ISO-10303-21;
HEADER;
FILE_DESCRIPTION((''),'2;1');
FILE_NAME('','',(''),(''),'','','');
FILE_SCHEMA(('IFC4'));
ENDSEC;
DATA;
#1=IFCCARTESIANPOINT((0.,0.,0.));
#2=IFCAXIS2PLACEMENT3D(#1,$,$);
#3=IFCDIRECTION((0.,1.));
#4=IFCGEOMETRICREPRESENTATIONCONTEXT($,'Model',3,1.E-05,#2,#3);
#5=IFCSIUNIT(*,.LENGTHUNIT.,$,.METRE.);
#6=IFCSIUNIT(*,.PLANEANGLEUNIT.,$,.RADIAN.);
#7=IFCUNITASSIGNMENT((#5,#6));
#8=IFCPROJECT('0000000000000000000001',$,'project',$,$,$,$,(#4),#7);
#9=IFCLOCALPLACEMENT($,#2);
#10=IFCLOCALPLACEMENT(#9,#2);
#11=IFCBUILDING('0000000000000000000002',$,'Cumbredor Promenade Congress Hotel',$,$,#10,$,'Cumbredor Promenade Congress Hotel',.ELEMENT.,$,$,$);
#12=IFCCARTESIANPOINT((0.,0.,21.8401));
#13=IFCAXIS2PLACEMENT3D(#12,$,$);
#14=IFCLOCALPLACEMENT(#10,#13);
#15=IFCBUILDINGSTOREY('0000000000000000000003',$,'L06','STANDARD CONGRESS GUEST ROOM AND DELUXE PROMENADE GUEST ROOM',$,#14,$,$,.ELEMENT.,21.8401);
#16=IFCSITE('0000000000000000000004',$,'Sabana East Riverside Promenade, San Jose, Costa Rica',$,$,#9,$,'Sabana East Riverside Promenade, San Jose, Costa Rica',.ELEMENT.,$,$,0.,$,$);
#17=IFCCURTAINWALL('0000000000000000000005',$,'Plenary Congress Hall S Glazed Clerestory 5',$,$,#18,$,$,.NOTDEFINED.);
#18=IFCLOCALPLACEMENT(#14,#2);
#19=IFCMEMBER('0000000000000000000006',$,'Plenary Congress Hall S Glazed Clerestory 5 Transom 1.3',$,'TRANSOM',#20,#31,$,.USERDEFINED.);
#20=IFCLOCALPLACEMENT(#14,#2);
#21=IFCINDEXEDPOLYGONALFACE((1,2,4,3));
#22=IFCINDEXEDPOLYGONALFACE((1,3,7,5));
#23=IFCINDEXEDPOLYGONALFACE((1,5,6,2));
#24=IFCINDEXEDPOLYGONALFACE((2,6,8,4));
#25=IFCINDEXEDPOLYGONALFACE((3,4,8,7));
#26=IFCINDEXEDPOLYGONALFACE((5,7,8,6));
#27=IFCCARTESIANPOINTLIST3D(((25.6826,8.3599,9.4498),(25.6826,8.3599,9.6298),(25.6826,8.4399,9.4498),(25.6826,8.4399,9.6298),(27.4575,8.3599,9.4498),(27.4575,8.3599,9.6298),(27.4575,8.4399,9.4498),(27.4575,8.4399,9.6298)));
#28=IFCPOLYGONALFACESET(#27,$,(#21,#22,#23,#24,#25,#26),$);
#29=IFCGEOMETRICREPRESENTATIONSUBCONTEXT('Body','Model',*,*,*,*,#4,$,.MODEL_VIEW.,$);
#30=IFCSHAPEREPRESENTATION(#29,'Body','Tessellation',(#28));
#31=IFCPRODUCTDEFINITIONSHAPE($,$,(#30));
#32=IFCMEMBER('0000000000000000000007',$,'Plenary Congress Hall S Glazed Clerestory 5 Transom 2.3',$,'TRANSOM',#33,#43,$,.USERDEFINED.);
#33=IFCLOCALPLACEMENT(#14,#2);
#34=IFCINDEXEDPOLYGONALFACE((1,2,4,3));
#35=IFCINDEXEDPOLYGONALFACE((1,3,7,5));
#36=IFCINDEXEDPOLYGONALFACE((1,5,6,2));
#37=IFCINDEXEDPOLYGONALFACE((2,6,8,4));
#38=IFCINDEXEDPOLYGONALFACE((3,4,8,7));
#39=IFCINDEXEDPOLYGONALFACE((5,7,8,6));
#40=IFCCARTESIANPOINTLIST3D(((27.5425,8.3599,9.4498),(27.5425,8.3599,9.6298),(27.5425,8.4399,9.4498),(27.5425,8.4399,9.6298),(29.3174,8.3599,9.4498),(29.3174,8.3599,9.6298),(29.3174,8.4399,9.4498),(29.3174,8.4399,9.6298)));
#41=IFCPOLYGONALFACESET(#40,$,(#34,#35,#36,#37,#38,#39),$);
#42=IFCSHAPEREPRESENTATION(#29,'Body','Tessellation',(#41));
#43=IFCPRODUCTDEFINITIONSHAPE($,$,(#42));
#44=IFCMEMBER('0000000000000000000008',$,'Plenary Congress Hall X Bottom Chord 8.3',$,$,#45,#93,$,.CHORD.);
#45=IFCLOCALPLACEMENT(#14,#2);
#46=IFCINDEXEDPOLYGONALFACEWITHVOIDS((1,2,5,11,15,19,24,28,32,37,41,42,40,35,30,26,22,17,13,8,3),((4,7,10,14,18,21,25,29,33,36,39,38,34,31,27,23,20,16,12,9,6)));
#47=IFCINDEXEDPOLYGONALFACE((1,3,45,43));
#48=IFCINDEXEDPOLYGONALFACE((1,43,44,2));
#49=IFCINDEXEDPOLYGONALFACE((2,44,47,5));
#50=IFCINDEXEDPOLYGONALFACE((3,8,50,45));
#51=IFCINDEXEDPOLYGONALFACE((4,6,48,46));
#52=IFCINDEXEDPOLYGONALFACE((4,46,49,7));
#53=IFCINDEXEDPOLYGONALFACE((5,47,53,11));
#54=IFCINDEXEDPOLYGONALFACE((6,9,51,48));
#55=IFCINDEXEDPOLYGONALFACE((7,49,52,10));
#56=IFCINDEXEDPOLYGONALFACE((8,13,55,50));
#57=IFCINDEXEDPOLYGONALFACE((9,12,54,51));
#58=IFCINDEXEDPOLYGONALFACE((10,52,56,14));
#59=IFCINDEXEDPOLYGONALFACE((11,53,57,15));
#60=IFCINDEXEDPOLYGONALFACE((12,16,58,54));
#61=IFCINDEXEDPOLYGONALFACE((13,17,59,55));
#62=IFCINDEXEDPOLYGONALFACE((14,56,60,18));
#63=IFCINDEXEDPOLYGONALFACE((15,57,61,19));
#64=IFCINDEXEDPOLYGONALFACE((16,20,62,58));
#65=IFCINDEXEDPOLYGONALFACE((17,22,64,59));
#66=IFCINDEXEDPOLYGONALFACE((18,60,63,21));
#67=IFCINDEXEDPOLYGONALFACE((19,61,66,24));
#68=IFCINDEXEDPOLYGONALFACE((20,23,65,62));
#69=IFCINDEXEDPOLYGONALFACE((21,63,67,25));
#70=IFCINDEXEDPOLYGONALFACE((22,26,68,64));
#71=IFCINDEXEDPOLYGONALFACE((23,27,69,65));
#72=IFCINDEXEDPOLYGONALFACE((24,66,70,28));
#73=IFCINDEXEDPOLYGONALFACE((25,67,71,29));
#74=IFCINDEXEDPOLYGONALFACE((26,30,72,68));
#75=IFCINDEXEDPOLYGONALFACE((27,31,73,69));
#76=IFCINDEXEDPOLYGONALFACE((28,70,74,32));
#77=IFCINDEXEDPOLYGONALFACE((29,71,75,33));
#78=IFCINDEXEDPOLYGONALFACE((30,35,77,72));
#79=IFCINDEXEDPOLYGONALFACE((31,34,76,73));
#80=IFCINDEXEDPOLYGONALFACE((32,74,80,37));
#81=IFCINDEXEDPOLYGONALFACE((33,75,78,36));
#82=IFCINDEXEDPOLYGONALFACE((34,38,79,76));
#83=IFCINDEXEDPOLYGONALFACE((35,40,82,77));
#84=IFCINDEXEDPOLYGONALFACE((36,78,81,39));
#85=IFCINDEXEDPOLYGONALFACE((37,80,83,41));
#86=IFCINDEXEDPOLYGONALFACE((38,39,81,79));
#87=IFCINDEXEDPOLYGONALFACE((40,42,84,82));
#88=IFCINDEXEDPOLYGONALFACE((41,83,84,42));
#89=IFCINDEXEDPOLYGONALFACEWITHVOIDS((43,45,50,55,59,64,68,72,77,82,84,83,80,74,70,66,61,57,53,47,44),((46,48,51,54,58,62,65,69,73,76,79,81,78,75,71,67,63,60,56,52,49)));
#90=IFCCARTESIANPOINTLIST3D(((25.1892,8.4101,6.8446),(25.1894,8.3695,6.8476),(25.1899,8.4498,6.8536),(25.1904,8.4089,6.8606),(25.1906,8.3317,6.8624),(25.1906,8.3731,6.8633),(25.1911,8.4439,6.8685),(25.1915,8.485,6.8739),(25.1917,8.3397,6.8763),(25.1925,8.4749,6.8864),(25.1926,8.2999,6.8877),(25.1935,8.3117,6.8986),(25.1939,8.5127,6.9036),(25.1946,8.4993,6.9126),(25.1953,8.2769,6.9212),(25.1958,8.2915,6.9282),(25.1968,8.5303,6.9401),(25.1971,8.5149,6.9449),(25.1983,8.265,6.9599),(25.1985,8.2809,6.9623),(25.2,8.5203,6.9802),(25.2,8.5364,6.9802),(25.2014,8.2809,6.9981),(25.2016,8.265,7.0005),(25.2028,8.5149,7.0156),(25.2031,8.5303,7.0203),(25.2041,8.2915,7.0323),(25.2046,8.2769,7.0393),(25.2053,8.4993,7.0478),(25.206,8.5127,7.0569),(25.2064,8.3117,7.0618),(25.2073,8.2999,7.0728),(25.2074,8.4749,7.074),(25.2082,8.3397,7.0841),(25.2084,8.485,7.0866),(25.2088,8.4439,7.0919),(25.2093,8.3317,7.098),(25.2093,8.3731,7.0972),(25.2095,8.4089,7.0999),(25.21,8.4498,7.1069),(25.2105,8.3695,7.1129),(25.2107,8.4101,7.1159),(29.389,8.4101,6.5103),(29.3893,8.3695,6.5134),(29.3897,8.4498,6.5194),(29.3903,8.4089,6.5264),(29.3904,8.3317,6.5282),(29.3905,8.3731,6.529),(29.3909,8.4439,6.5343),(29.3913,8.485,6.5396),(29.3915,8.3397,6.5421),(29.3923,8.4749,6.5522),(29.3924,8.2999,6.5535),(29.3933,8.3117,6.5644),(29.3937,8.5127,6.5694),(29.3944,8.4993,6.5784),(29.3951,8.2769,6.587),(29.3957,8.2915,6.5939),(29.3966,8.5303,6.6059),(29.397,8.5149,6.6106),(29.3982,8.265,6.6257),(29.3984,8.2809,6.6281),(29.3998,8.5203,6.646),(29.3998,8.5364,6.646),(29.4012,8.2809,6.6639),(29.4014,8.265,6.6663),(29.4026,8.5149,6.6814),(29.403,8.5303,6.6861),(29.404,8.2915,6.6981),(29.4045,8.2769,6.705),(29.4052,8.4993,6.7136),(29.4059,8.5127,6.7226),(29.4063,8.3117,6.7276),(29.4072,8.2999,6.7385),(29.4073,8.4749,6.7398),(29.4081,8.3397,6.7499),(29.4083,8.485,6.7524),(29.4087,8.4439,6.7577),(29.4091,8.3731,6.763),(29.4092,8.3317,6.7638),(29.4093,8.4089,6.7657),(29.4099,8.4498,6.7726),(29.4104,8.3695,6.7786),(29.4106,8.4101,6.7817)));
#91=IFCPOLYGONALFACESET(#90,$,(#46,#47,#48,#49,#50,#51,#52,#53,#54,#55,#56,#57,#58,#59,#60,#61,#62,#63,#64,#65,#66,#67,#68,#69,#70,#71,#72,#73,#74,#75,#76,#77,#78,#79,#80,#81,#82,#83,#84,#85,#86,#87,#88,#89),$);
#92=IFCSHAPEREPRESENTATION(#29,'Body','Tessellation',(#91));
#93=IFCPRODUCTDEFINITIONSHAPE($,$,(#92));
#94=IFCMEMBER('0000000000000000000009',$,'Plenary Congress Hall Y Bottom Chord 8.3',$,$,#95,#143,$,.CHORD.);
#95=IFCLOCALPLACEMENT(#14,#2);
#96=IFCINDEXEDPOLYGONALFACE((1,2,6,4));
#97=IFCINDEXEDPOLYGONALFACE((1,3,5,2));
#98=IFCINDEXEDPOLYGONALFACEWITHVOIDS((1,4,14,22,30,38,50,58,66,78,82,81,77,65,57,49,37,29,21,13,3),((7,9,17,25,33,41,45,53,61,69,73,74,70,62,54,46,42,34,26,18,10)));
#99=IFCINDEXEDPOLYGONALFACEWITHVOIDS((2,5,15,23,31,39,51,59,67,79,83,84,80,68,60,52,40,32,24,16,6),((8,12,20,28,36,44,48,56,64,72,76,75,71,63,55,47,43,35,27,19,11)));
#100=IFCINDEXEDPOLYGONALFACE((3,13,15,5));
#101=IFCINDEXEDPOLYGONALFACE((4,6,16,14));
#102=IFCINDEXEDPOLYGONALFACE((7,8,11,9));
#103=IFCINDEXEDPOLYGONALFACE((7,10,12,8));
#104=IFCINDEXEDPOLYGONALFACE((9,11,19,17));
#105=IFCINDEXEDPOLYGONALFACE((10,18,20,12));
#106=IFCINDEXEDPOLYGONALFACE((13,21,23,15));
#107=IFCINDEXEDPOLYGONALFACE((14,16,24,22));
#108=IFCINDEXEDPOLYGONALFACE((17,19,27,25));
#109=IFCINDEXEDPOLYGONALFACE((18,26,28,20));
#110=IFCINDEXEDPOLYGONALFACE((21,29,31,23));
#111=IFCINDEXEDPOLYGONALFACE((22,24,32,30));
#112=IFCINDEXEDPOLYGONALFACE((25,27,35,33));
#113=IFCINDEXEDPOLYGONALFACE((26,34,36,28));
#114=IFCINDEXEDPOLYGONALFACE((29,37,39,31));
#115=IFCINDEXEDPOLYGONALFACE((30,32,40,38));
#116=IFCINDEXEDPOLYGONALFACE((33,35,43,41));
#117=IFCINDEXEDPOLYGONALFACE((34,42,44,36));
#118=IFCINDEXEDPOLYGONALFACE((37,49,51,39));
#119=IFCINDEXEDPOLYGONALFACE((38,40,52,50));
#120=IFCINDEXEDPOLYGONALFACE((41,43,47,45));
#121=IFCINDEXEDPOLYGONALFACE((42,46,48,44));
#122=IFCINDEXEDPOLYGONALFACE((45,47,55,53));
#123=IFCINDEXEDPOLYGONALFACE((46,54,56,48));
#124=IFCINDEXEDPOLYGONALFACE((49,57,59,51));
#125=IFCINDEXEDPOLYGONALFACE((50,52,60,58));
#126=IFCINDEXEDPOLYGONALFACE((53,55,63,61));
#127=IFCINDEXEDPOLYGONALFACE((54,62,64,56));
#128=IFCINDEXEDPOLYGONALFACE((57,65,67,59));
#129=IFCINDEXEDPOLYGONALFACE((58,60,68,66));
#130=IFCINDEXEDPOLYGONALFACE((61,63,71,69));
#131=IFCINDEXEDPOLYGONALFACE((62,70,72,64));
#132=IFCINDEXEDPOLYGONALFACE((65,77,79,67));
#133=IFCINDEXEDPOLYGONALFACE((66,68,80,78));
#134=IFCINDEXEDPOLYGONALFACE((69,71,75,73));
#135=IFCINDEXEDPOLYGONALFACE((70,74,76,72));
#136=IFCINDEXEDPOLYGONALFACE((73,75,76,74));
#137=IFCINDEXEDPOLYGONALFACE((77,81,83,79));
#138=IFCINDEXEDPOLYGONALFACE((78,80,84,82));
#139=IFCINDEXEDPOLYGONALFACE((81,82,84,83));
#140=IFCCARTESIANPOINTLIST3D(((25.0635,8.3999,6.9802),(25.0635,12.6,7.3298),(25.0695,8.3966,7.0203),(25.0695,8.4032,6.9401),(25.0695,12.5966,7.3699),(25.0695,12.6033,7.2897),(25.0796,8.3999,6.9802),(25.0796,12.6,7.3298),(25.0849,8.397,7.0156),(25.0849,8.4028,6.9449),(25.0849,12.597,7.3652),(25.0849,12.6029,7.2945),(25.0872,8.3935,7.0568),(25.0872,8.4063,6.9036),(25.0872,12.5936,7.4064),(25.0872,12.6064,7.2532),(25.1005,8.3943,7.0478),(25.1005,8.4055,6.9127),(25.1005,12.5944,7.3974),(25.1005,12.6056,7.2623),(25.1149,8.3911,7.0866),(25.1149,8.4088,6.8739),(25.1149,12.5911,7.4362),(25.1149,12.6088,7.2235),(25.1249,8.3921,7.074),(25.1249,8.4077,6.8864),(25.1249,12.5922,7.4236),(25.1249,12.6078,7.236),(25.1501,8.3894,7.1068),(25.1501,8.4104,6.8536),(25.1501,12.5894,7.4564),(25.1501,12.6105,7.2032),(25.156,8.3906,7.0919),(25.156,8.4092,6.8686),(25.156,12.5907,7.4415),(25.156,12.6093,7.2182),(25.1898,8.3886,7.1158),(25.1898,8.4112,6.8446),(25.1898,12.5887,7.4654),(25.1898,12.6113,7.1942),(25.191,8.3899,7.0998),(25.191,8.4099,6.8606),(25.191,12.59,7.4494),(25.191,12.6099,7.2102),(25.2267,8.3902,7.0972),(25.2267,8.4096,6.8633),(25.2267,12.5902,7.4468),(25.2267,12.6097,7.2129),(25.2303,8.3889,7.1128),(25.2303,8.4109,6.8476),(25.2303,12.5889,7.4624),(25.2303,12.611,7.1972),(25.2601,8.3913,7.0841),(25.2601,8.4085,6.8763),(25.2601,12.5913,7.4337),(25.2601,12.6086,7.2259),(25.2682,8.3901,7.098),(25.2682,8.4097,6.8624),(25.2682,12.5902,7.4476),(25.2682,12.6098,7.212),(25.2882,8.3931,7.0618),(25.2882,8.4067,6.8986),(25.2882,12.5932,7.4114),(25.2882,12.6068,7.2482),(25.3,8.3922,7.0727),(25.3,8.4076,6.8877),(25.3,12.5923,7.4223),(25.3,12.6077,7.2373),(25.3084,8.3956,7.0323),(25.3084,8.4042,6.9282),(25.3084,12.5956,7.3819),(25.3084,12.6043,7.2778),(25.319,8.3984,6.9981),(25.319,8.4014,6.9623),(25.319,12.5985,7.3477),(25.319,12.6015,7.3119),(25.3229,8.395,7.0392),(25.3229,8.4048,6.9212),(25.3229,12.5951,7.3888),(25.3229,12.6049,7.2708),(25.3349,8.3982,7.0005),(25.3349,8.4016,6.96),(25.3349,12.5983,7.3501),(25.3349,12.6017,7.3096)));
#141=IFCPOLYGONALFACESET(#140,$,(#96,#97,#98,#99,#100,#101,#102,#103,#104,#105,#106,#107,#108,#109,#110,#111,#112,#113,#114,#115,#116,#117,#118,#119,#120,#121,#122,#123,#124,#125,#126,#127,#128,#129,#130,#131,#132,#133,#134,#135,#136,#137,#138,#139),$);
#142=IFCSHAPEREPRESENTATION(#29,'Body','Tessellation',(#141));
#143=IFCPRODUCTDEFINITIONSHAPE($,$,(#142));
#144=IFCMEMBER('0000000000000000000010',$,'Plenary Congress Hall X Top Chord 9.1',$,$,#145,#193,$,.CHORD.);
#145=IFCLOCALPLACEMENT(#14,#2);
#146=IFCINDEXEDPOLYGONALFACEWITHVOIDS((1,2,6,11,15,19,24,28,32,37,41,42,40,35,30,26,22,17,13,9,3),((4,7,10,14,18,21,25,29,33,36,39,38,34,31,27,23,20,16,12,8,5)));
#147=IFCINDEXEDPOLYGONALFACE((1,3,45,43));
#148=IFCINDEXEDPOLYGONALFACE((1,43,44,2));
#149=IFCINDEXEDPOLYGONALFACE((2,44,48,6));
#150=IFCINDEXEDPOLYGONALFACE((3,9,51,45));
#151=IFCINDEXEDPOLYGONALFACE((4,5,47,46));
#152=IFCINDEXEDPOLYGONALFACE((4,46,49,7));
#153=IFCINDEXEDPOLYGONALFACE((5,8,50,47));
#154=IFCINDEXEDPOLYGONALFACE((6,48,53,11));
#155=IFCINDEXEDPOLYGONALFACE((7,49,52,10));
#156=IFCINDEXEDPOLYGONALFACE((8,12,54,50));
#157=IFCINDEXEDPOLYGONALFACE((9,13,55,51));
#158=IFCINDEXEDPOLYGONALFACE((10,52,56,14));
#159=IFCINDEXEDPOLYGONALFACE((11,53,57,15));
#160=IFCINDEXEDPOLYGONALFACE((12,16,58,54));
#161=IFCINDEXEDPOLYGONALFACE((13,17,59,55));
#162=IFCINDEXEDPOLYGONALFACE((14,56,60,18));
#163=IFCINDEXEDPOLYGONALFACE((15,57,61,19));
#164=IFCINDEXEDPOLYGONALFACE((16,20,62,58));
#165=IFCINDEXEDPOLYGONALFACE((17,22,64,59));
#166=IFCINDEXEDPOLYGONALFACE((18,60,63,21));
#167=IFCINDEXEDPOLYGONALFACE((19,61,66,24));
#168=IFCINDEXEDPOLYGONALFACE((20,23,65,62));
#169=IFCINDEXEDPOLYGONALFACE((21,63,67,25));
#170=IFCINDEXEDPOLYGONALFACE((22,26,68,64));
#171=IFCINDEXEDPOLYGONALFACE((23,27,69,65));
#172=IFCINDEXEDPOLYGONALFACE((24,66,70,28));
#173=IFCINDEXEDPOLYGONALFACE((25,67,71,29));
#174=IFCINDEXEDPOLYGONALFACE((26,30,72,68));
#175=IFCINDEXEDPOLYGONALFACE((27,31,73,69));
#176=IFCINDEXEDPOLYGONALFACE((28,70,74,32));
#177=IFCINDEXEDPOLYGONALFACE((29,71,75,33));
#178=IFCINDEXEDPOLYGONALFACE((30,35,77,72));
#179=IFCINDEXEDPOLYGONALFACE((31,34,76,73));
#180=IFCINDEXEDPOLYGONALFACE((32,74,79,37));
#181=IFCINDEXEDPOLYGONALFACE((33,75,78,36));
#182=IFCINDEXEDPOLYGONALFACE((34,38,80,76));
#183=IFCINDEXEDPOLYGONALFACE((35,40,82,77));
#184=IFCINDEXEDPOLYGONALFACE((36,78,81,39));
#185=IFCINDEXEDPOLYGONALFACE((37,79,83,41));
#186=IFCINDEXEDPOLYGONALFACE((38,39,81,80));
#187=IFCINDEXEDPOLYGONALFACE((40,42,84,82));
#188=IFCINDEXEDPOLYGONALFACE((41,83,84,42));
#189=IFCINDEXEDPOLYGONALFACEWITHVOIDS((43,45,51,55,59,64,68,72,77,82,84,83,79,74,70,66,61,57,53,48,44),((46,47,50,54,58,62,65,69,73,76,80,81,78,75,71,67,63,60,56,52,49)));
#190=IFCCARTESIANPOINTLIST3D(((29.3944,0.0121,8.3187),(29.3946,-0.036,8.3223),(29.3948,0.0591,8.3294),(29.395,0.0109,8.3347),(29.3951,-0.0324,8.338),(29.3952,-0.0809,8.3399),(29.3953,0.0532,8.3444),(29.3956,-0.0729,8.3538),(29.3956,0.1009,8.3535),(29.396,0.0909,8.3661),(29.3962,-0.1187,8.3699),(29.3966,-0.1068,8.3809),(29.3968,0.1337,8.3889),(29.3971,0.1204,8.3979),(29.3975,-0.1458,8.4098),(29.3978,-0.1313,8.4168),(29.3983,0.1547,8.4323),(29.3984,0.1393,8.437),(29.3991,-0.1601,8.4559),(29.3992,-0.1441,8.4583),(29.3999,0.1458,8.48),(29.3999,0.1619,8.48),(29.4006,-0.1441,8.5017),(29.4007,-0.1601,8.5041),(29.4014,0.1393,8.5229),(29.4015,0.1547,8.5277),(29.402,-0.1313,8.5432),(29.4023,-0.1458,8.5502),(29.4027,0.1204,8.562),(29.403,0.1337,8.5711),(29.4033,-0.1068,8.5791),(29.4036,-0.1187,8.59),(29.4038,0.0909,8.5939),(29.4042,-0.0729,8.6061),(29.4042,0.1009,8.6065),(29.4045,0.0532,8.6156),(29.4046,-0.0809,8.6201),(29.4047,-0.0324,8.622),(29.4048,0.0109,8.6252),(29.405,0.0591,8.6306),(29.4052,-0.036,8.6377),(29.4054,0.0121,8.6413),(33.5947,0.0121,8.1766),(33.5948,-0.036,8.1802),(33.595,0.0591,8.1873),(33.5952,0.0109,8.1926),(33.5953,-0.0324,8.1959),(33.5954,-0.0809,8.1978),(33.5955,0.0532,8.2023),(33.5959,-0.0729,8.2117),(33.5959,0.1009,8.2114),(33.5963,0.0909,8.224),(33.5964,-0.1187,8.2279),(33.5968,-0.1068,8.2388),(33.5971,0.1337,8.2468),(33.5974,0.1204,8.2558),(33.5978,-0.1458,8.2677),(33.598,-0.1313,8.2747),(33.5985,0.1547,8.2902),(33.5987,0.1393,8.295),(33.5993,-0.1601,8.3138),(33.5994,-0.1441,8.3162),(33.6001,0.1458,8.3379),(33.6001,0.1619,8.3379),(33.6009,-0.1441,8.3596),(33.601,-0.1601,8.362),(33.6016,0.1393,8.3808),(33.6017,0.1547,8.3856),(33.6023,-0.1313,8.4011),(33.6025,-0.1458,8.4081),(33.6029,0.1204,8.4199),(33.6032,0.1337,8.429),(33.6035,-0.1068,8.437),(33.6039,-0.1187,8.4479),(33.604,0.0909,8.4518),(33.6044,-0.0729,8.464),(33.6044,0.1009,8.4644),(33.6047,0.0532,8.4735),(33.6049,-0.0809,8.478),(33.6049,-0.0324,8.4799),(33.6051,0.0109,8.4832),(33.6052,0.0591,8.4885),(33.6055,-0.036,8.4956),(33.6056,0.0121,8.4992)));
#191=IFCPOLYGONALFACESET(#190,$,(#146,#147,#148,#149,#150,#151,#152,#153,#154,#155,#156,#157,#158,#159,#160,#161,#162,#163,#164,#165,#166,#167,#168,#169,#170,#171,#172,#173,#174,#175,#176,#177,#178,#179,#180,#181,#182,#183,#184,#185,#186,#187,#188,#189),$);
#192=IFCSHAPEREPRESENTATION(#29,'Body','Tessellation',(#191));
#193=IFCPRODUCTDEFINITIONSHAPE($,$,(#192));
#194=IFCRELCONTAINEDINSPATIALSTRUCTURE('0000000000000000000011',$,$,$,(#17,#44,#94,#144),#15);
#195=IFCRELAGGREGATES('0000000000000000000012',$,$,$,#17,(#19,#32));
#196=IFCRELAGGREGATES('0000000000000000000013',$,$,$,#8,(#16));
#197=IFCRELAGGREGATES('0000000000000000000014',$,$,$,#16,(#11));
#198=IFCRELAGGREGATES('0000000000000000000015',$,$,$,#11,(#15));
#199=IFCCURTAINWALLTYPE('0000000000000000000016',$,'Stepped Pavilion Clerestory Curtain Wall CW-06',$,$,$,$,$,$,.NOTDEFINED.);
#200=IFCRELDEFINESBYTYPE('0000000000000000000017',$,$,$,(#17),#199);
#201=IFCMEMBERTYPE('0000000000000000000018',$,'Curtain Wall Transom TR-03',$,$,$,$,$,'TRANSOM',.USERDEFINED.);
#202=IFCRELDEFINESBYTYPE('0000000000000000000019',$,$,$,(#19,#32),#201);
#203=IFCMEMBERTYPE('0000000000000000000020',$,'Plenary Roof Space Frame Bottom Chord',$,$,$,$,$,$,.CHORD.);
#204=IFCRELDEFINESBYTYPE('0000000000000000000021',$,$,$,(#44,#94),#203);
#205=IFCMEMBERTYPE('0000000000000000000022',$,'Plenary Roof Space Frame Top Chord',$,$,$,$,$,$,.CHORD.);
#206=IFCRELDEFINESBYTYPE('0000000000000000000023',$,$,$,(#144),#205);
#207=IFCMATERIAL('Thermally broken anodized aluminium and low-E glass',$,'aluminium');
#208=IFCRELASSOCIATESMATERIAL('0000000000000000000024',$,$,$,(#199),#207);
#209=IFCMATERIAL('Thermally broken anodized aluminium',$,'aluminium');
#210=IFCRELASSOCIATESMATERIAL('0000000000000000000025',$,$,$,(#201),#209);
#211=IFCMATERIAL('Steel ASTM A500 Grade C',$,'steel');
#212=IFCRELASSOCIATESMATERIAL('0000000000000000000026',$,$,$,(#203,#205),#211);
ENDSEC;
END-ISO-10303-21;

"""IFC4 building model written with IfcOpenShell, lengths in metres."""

from ifc_helpers import new_model, si_unit, direction, frame, origin, origin_2d, place, context, subcontext, project, spatial, rectangle, hollow_circle, extrude, material, material_profile, profile_set, type_object, element, aggregate, save


model = new_model("IFC4")

# Units and contexts
model_context = context("Model", 3, precision=1e-05, world=origin(), true_north=direction((0.0, 1.0)))
body_context = subcontext(model_context, "Body", "Model", "MODEL_VIEW")
ifc_project = project(units=[si_unit("LENGTHUNIT", "METRE"), si_unit("PLANEANGLEUNIT", "RADIAN")], contexts=[model_context])

# Site, building, storey
site_placement = place(None, origin())
site = spatial("IfcSite", under=ifc_project, at=site_placement, Name="Sabana East Riverside Promenade, San Jose, Costa Rica", LongName="Sabana East Riverside Promenade, San Jose, Costa Rica", CompositionType="ELEMENT", RefElevation=0.0)
building_placement = place(site_placement, origin())
building = spatial("IfcBuilding", under=site, at=building_placement, Name="Cumbredor Promenade Congress Hotel", LongName="Cumbredor Promenade Congress Hotel", CompositionType="ELEMENT")
storey_placement = place(building_placement, frame((0.0, 0.0, 21.8401)))
storey = spatial("IfcBuildingStorey", under=building, at=storey_placement, Name="L06", Description="STANDARD CONGRESS GUEST ROOM AND DELUXE PROMENADE GUEST ROOM", CompositionType="ELEMENT", Elevation=21.8401)

# Curtain wall, members
ifc_material_1 = material(Name="Thermally broken anodized aluminium and low-E glass", Category="aluminium")
curtain_wall_type = type_object("IfcCurtainWallType", Name="Stepped Pavilion Clerestory Curtain Wall CW-06", PredefinedType="NOTDEFINED", material=ifc_material_1)
curtain_wall_placement = place(storey_placement, origin())
curtain_wall = element("IfcCurtainWall", 1, at=curtain_wall_placement, inside=storey, type_object=curtain_wall_type, Name="Plenary Congress Hall S Glazed Clerestory 5", PredefinedType="NOTDEFINED")
ifc_material_2 = material(Name="Thermally broken anodized aluminium", Category="aluminium")
ifc_material_profile_1 = material_profile(ifc_material_2, rectangle(XDim=0.0801, YDim=0.1799, at=origin_2d()), Name="ALU TRANSOM 80x180")
ifc_profile_set_1 = profile_set([ifc_material_profile_1], Name="Thermally broken anodized aluminium")
member_type_1 = type_object("IfcMemberType", Name="Curtain Wall Transom TR-03", ElementType="TRANSOM", PredefinedType="USERDEFINED", material=ifc_profile_set_1)
member_1_placement = place(storey_placement, frame((25.6826, 8.3999, 9.5398), z_axis=(1.0, 0.0, 0.0), x_axis=(0.0, 1.0, 0.0)))
member_1 = element("IfcMember", 2, at=member_1_placement, type_object=member_type_1, Name="Plenary Congress Hall S Glazed Clerestory 5 Transom 1.3", ObjectType="TRANSOM", PredefinedType="USERDEFINED", context=body_context, shape_type="SweptSolid", body=[
    extrude(rectangle(XDim=0.0801, YDim=0.1799, at=origin_2d()), origin(), (0.0, 0.0, 1.0), 1.7749),
])
member_2_placement = place(storey_placement, frame((27.5425, 8.3999, 9.5398), z_axis=(1.0, 0.0, 0.0), x_axis=(0.0, 1.0, 0.0)))
member_2 = element("IfcMember", 3, at=member_2_placement, type_object=member_type_1, Name="Plenary Congress Hall S Glazed Clerestory 5 Transom 2.3", ObjectType="TRANSOM", PredefinedType="USERDEFINED", context=body_context, shape_type="SweptSolid", body=[
    extrude(rectangle(XDim=0.0801, YDim=0.1799, at=origin_2d()), origin(), (0.0, 0.0, 1.0), 1.7749),
])
aggregate(curtain_wall, [member_1, member_2])

# Members
ifc_material_3 = material(Name="Steel ASTM A500 Grade C", Category="steel")
ifc_material_profile_2 = material_profile(ifc_material_3, hollow_circle(Radius=0.1365, WallThickness=0.0161, at=origin_2d()), Name="CHS 273.0x16")
ifc_profile_set_2 = profile_set([ifc_material_profile_2], Name="Steel ASTM A500 Grade C")
member_type_2 = type_object("IfcMemberType", Name="Plenary Roof Space Frame Bottom Chord", PredefinedType="CHORD", material=ifc_profile_set_2)
member_3_placement = place(storey_placement, frame((25.2, 8.3999, 6.9802), z_axis=(0.996849, 0.0, -0.079328), x_axis=(0.0, 1.0, 0.0)))
element("IfcMember", 4, at=member_3_placement, inside=storey, type_object=member_type_2, Name="Plenary Congress Hall X Bottom Chord 8.3", PredefinedType="CHORD", context=body_context, shape_type="SweptSolid", body=[
    extrude(hollow_circle(Radius=0.1365, WallThickness=0.0161, at=origin_2d()), origin(), (0.0, 0.0, 1.0), 4.2131),
])
member_4_placement = place(storey_placement, frame((25.2, 8.3999, 6.9802), z_axis=(0.0, 0.996554, 0.08295), x_axis=(-1.0, 0.0, 0.0)))
element("IfcMember", 5, at=member_4_placement, inside=storey, type_object=member_type_2, Name="Plenary Congress Hall Y Bottom Chord 8.3", PredefinedType="CHORD", context=body_context, shape_type="SweptSolid", body=[
    extrude(hollow_circle(Radius=0.1365, WallThickness=0.0161, at=origin_2d()), origin(), (0.0, 0.0, 1.0), 4.2146),
])
ifc_material_profile_3 = material_profile(ifc_material_3, hollow_circle(Radius=0.1619, WallThickness=0.0161, at=origin_2d()), Name="CHS 323.9x16")
ifc_profile_set_3 = profile_set([ifc_material_profile_3], Name="Steel ASTM A500 Grade C")
member_type_3 = type_object("IfcMemberType", Name="Plenary Roof Space Frame Top Chord", PredefinedType="CHORD", material=ifc_profile_set_3)
member_5_placement = place(storey_placement, frame((29.3999, 0.0, 8.48), z_axis=(0.999428, 0.0, -0.03381), x_axis=(0.0, 1.0, 0.0)))
element("IfcMember", 6, at=member_5_placement, inside=storey, type_object=member_type_3, Name="Plenary Congress Hall X Top Chord 9.1", PredefinedType="CHORD", context=body_context, shape_type="SweptSolid", body=[
    extrude(hollow_circle(Radius=0.1619, WallThickness=0.0161, at=origin_2d()), origin(), (0.0, 0.0, 1.0), 4.2026),
])

save(model, "model.ifc")
